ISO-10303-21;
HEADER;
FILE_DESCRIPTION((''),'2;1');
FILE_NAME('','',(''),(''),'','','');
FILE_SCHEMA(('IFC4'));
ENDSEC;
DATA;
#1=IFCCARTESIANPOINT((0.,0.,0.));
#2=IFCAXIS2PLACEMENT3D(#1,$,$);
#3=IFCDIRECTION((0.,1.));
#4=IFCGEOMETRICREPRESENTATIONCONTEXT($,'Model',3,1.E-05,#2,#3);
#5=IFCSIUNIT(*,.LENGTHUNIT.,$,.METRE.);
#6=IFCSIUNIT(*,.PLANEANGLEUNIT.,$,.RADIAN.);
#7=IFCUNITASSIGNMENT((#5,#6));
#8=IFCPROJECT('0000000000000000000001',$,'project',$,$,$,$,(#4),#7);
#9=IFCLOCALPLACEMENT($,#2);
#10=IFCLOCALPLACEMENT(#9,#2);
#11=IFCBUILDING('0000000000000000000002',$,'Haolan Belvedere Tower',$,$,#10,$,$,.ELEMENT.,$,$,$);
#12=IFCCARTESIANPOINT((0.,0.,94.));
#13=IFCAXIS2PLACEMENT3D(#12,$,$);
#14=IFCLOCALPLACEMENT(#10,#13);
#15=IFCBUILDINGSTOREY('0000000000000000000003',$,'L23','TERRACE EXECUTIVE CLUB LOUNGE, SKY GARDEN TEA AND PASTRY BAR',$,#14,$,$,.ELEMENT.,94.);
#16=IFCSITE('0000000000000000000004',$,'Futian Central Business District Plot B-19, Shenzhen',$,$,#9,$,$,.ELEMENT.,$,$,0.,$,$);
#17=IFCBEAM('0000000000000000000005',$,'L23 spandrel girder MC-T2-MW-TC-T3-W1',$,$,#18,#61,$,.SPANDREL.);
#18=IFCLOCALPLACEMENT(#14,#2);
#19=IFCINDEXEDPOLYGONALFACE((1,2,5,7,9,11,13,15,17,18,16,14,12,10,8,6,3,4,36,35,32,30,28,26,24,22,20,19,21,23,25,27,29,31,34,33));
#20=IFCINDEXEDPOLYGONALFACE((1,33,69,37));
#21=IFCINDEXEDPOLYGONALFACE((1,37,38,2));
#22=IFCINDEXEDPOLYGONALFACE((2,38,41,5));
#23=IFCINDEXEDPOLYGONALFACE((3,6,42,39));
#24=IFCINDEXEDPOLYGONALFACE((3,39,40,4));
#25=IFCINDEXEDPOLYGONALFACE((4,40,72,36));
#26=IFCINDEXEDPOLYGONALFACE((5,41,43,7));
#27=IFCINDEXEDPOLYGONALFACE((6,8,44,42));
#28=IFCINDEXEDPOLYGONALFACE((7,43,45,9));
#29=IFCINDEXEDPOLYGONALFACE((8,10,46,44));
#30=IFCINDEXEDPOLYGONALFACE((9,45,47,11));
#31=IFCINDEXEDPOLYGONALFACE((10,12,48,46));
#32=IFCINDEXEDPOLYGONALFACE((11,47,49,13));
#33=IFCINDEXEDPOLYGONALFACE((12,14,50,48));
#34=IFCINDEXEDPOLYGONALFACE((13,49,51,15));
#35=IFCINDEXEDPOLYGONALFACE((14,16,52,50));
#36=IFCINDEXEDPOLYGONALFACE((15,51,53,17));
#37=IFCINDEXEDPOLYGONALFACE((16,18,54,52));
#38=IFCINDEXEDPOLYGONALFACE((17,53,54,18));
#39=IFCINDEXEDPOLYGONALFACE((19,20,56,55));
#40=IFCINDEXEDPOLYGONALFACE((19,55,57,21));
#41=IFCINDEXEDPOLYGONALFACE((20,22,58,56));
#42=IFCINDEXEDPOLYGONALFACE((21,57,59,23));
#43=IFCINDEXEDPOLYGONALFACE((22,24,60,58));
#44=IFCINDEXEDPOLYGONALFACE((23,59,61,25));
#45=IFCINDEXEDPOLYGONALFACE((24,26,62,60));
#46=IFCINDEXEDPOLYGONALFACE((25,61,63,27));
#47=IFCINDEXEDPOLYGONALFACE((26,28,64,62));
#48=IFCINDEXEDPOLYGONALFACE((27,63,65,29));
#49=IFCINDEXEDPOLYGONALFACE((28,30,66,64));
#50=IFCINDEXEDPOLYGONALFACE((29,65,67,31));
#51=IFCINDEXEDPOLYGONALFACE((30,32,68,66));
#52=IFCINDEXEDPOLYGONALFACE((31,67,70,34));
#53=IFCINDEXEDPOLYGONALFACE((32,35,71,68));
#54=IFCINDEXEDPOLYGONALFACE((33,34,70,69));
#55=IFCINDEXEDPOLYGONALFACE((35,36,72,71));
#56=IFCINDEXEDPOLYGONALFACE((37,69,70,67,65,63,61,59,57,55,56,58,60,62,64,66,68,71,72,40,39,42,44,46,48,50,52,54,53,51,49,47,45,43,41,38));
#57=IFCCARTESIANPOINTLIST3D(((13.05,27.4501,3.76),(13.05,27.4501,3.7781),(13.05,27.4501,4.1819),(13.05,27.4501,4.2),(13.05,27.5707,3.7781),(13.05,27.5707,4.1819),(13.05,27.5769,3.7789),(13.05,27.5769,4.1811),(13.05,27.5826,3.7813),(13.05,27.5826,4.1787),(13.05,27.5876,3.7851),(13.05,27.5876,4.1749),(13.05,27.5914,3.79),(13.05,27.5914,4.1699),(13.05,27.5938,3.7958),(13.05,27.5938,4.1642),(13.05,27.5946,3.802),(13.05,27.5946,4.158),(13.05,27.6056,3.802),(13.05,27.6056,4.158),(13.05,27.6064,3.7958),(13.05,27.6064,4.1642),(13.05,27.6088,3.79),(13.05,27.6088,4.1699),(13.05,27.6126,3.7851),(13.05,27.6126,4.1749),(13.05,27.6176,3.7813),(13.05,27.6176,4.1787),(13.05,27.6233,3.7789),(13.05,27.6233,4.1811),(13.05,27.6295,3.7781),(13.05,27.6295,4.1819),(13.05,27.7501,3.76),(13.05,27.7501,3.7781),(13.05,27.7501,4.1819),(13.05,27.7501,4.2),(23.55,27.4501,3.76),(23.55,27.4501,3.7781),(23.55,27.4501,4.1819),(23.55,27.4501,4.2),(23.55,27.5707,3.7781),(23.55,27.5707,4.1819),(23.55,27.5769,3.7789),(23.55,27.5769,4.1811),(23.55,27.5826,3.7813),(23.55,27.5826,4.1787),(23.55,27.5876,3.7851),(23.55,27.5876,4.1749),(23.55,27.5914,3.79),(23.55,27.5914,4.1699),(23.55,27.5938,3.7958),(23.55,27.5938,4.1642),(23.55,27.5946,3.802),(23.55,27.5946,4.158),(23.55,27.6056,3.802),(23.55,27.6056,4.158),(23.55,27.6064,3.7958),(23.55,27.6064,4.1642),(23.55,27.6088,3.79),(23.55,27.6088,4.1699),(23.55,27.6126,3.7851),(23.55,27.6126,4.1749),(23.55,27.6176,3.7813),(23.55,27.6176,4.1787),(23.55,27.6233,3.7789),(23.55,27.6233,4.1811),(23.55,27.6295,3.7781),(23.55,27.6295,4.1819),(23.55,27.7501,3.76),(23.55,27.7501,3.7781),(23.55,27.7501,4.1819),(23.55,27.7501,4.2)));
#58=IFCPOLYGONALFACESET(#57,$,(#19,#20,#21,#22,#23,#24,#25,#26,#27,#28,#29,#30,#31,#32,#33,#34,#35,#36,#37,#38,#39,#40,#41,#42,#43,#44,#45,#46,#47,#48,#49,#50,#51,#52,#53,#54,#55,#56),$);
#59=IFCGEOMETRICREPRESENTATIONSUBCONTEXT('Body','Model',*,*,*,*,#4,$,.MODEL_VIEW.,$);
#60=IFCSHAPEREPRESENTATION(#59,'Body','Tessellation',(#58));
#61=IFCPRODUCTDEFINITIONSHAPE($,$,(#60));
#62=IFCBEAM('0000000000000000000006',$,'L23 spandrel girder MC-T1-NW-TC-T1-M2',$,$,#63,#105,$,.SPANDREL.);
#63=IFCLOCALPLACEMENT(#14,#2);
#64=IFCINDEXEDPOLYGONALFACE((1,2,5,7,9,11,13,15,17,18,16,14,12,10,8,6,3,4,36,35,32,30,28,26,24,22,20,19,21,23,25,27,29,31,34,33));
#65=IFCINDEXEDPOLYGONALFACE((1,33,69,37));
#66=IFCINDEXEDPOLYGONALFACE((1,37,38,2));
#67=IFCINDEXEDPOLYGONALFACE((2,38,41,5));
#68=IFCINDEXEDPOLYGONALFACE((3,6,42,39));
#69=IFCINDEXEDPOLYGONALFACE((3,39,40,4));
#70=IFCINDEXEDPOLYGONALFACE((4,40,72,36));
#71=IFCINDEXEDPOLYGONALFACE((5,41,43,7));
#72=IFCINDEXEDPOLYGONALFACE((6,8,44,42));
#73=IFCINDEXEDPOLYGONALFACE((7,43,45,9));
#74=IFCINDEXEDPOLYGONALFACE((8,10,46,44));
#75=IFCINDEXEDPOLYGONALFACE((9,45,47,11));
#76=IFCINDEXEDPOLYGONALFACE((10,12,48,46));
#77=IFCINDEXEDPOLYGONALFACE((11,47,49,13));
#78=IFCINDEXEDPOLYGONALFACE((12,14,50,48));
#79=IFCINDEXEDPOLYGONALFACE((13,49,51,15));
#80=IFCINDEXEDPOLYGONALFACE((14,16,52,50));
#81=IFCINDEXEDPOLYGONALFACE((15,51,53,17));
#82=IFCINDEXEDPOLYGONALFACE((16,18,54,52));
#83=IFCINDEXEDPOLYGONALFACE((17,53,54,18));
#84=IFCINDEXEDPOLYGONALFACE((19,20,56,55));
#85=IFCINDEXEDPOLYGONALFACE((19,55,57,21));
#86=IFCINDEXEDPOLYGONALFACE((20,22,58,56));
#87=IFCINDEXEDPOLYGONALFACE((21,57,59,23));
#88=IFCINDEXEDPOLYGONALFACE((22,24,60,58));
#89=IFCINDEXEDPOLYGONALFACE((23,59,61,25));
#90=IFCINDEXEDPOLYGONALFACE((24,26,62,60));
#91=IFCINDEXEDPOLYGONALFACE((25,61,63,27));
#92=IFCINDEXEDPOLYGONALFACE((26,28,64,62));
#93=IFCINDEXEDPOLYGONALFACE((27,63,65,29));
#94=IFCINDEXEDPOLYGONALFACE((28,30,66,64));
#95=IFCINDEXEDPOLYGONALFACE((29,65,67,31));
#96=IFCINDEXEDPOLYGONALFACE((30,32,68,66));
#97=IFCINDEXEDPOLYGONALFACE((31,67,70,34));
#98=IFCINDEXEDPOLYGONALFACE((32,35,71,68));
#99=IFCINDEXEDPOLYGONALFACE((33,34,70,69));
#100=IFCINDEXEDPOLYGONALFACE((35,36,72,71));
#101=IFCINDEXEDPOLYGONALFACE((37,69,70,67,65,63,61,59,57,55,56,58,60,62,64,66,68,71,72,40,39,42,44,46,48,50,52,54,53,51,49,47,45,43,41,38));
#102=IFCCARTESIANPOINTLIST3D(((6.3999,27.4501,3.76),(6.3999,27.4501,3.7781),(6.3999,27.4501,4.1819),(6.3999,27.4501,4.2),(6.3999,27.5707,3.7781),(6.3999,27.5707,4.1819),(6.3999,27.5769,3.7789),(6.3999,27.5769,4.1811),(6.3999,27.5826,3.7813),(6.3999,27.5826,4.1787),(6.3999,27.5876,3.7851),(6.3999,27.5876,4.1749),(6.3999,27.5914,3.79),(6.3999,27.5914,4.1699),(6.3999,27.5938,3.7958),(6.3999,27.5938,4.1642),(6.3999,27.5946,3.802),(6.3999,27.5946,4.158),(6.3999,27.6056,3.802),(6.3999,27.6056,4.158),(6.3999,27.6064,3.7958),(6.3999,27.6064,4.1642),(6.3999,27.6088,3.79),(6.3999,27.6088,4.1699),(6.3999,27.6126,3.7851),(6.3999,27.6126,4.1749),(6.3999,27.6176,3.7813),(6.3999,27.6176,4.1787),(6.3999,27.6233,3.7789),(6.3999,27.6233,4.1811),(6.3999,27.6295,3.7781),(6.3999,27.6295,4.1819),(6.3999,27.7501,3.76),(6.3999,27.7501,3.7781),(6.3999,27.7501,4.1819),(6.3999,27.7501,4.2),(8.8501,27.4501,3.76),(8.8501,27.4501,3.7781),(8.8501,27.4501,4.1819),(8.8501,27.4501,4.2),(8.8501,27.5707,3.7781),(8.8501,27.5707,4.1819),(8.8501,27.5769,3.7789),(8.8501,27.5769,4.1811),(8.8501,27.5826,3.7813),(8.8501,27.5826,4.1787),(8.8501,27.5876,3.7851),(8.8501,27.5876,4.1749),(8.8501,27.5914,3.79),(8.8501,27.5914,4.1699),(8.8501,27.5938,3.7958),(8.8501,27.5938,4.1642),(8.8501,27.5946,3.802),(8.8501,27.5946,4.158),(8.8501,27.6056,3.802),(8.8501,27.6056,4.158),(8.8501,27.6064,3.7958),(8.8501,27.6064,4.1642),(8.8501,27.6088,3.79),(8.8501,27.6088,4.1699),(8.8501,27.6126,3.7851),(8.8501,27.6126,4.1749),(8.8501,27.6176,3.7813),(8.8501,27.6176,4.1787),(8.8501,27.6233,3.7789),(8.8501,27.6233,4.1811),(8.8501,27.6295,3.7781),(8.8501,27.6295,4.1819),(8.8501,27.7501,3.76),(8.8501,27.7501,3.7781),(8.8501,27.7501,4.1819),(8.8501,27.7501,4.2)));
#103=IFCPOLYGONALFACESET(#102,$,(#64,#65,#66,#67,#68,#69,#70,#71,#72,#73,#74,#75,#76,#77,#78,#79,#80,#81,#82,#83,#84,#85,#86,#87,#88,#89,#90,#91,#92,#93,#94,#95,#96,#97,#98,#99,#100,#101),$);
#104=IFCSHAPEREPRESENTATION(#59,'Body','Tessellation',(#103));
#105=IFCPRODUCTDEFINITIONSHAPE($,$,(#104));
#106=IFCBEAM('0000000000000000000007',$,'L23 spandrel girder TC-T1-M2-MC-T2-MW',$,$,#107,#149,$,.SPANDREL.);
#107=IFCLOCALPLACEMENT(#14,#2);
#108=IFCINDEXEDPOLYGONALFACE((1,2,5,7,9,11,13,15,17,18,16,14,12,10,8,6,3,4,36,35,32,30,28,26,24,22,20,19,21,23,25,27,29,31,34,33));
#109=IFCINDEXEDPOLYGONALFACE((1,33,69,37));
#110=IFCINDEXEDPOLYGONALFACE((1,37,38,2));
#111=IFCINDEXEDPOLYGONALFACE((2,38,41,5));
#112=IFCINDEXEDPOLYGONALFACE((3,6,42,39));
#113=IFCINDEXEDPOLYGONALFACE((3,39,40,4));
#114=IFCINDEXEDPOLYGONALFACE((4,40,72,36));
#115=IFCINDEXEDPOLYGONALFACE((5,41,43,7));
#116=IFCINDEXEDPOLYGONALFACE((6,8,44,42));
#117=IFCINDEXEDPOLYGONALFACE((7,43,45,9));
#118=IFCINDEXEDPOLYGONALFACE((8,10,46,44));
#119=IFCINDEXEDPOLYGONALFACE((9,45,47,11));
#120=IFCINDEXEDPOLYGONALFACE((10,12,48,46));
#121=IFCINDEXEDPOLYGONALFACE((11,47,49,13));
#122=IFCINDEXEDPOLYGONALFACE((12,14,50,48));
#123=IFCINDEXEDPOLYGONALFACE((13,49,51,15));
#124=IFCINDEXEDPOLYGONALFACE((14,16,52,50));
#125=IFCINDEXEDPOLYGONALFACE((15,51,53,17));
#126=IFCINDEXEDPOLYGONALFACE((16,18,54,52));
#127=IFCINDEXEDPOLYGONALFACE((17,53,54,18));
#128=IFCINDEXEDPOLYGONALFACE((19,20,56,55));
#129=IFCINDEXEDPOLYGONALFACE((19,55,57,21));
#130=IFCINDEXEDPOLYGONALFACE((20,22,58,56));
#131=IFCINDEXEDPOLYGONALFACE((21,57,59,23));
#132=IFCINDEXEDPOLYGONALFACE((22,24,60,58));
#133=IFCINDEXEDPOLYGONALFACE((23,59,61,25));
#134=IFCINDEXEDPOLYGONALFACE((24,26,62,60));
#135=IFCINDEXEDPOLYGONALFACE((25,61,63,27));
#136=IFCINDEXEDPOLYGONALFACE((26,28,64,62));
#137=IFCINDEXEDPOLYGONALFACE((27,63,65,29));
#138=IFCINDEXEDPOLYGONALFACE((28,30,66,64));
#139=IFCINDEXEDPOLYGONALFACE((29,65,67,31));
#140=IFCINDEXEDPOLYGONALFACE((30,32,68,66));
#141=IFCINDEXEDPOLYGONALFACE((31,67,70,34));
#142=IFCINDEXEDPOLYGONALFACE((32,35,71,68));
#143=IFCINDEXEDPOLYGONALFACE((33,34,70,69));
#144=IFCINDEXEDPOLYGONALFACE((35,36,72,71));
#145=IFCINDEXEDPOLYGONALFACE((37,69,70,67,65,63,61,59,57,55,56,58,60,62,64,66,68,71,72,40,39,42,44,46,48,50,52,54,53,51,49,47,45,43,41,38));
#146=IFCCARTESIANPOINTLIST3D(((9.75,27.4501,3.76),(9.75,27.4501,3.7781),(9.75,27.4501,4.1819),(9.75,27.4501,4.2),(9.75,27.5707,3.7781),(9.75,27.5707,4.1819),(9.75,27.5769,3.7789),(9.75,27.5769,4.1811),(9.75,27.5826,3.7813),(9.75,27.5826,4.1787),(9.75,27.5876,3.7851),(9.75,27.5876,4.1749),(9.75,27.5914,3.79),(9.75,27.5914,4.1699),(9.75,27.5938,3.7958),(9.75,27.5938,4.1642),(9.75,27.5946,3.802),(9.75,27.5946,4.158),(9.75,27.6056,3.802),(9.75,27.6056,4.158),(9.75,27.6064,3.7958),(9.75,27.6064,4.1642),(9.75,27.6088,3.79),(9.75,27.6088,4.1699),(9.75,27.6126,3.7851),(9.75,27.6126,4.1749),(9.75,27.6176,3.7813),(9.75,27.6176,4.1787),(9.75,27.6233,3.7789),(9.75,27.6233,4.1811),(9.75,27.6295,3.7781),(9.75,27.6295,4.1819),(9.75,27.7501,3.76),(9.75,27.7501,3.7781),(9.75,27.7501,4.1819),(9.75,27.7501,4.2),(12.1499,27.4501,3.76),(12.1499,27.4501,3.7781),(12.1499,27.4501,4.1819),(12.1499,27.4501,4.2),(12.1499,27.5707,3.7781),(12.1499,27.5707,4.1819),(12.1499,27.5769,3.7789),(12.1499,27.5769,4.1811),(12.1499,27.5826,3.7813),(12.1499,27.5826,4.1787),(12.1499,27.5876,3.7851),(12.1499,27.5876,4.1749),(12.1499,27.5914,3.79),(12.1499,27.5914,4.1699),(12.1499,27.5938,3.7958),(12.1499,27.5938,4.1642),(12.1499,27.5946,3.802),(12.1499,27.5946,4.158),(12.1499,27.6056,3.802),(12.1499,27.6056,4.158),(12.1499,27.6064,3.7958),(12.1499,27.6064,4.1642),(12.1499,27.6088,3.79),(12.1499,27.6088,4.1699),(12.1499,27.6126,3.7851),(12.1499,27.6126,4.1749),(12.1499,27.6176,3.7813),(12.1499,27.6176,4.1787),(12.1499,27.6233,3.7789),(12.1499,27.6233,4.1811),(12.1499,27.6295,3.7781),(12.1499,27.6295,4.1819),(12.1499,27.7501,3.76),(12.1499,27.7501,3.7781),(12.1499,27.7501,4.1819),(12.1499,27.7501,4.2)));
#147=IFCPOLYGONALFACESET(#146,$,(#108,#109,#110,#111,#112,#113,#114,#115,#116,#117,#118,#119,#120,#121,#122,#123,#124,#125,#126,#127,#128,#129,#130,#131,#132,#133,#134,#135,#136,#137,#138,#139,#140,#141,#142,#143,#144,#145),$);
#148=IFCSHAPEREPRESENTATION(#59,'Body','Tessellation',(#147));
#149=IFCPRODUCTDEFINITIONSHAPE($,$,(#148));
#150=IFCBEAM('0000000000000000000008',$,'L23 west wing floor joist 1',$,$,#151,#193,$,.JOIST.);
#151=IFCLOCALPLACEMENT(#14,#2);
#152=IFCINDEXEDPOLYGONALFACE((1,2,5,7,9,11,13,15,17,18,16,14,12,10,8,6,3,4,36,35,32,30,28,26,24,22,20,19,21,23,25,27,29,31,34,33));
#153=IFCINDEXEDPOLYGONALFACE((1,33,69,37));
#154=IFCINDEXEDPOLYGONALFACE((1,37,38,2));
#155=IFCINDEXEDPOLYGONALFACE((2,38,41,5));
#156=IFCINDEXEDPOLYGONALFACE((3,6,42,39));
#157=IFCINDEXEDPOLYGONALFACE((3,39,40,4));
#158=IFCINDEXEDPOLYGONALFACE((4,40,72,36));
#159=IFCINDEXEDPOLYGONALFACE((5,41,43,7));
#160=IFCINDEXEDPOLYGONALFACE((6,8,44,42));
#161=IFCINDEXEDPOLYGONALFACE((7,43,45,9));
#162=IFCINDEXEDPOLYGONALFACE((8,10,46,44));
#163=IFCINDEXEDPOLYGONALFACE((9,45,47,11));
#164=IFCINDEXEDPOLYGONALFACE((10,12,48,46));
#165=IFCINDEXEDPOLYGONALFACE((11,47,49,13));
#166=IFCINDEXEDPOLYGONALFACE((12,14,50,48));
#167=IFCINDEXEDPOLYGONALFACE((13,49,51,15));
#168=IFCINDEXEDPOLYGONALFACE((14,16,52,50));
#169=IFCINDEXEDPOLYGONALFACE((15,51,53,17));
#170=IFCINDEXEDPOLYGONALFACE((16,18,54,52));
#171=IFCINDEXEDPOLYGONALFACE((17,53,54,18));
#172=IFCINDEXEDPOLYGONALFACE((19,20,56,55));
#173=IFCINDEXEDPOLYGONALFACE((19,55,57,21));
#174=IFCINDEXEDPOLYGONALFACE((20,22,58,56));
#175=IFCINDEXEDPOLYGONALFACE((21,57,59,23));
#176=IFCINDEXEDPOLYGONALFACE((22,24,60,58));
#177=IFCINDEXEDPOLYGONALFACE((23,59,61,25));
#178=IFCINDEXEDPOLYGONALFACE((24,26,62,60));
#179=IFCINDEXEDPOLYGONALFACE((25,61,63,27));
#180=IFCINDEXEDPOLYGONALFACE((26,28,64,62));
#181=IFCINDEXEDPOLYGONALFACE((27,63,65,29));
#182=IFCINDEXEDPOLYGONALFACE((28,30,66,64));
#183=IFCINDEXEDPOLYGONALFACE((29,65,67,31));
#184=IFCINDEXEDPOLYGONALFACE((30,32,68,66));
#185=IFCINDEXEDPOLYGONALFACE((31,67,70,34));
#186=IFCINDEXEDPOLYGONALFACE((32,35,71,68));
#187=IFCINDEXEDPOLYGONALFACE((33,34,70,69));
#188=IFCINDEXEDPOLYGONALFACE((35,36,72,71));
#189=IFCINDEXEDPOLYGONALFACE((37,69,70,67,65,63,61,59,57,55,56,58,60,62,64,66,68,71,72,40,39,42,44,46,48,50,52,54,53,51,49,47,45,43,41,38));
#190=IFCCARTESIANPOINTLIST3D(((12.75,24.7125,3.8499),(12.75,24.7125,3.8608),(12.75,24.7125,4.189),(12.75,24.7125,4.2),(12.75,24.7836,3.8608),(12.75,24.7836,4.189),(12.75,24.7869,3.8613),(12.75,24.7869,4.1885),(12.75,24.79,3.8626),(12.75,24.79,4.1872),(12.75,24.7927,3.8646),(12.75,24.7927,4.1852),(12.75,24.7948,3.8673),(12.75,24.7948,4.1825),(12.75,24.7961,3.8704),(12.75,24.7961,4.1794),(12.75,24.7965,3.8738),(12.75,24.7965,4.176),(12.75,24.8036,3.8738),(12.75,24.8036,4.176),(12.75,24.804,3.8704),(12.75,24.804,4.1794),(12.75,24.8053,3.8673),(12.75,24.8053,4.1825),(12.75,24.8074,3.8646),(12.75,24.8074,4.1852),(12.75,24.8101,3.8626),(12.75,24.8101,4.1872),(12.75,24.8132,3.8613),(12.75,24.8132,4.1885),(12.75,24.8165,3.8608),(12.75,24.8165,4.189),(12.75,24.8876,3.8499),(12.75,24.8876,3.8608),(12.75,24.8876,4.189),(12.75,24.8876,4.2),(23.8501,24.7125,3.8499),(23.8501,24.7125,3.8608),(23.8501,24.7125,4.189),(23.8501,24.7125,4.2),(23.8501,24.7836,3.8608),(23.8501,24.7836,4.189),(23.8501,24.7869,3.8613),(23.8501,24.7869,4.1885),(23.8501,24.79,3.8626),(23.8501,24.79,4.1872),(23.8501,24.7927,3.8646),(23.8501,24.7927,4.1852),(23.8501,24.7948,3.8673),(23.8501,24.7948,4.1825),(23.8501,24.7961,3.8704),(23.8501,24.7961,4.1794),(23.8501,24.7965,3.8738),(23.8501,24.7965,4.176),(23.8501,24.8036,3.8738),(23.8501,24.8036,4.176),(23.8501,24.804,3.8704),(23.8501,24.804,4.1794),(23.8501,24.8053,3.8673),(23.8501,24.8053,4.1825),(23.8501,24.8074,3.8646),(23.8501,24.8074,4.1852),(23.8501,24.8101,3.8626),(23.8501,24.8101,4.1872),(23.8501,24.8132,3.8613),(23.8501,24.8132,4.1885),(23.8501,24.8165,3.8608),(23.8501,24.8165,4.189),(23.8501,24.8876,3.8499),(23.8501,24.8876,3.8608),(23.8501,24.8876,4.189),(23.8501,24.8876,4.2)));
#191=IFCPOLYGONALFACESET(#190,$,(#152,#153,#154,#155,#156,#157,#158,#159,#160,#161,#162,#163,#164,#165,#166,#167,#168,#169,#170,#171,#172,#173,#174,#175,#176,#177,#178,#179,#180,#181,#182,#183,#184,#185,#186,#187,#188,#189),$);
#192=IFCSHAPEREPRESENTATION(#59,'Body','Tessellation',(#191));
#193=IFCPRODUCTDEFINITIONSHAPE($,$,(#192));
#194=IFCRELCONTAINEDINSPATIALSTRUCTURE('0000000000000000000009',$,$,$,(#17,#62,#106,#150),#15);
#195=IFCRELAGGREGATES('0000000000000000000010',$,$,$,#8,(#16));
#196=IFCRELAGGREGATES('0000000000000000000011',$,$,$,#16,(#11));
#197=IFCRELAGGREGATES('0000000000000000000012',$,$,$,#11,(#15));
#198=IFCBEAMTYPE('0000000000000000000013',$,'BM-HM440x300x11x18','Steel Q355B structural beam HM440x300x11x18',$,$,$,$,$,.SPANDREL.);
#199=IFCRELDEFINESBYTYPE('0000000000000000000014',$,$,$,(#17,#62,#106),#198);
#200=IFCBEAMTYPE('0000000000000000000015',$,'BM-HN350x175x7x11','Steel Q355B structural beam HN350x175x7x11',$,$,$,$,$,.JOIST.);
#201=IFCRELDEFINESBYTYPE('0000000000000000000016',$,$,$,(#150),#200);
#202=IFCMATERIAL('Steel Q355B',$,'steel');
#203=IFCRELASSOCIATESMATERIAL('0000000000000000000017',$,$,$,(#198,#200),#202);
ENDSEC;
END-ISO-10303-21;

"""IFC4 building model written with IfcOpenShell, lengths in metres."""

from ifc_helpers import new_model, si_unit, direction, frame, origin, origin_2d, place, context, subcontext, project, spatial, i_section, extrude, material, material_profile, profile_set, type_object, element, save


model = new_model("IFC4")

# Units and contexts
model_context = context("Model", 3, precision=1e-05, world=origin(), true_north=direction((0.0, 1.0)))
body_context = subcontext(model_context, "Body", "Model", "MODEL_VIEW")
ifc_project = project(units=[si_unit("LENGTHUNIT", "METRE"), si_unit("PLANEANGLEUNIT", "RADIAN")], contexts=[model_context])

# Site, building, storey
site_placement = place(None, origin())
site = spatial("IfcSite", under=ifc_project, at=site_placement, Name="Futian Central Business District Plot B-19, Shenzhen", CompositionType="ELEMENT", RefElevation=0.0)
building_placement = place(site_placement, origin())
building = spatial("IfcBuilding", under=site, at=building_placement, Name="Haolan Belvedere Tower", CompositionType="ELEMENT")
storey_placement = place(building_placement, frame((0.0, 0.0, 94.0)))
storey = spatial("IfcBuildingStorey", under=building, at=storey_placement, Name="L23", Description="TERRACE EXECUTIVE CLUB LOUNGE, SKY GARDEN TEA AND PASTRY BAR", CompositionType="ELEMENT", Elevation=94.0)

# Beams
ifc_material_1 = material(Name="Steel Q355B", Category="steel")
ifc_material_profile_1 = material_profile(ifc_material_1, i_section(OverallWidth=0.3, OverallDepth=0.4399, WebThickness=0.011, FlangeThickness=0.0181, FilletRadius=0.0239, at=origin_2d()), Name="Steel Q355B")
ifc_profile_set_1 = profile_set([ifc_material_profile_1], Name="Steel Q355B")
beam_type_1 = type_object("IfcBeamType", Name="BM-HM440x300x11x18", Description="Steel Q355B structural beam HM440x300x11x18", PredefinedType="SPANDREL", material=ifc_profile_set_1)
beam_1_placement = place(storey_placement, frame((13.05, 27.6001, 3.98), z_axis=(1.0, 0.0, 0.0), x_axis=(0.0, 1.0, 0.0)))
element("IfcBeam", 1, at=beam_1_placement, inside=storey, type_object=beam_type_1, Name="L23 spandrel girder MC-T2-MW-TC-T3-W1", PredefinedType="SPANDREL", context=body_context, shape_type="SweptSolid", body=[
    extrude(i_section(OverallWidth=0.3, OverallDepth=0.4399, WebThickness=0.011, FlangeThickness=0.0181, FilletRadius=0.0239, at=origin_2d()), origin(), (0.0, 0.0, 1.0), 10.5),
])
beam_2_placement = place(storey_placement, frame((6.3999, 27.6001, 3.98), z_axis=(1.0, 0.0, 0.0), x_axis=(0.0, 1.0, 0.0)))
element("IfcBeam", 2, at=beam_2_placement, inside=storey, type_object=beam_type_1, Name="L23 spandrel girder MC-T1-NW-TC-T1-M2", PredefinedType="SPANDREL", context=body_context, shape_type="SweptSolid", body=[
    extrude(i_section(OverallWidth=0.3, OverallDepth=0.4399, WebThickness=0.011, FlangeThickness=0.0181, FilletRadius=0.0239, at=origin_2d()), origin(), (0.0, 0.0, 1.0), 2.4502),
])
beam_3_placement = place(storey_placement, frame((9.75, 27.6001, 3.98), z_axis=(1.0, 0.0, 0.0), x_axis=(0.0, 1.0, 0.0)))
element("IfcBeam", 3, at=beam_3_placement, inside=storey, type_object=beam_type_1, Name="L23 spandrel girder TC-T1-M2-MC-T2-MW", PredefinedType="SPANDREL", context=body_context, shape_type="SweptSolid", body=[
    extrude(i_section(OverallWidth=0.3, OverallDepth=0.4399, WebThickness=0.011, FlangeThickness=0.0181, FilletRadius=0.0239, at=origin_2d()), origin(), (0.0, 0.0, 1.0), 2.3999),
])
ifc_material_profile_2 = material_profile(ifc_material_1, i_section(OverallWidth=0.175, OverallDepth=0.3501, WebThickness=0.0071, FlangeThickness=0.011, FilletRadius=0.0129, at=origin_2d()), Name="Steel Q355B")
ifc_profile_set_2 = profile_set([ifc_material_profile_2], Name="Steel Q355B")
beam_type_2 = type_object("IfcBeamType", Name="BM-HN350x175x7x11", Description="Steel Q355B structural beam HN350x175x7x11", PredefinedType="JOIST", material=ifc_profile_set_2)
beam_4_placement = place(storey_placement, frame((12.75, 24.8, 4.0249), z_axis=(1.0, 0.0, 0.0), x_axis=(0.0, 1.0, 0.0)))
element("IfcBeam", 4, at=beam_4_placement, inside=storey, type_object=beam_type_2, Name="L23 west wing floor joist 1", PredefinedType="JOIST", context=body_context, shape_type="SweptSolid", body=[
    extrude(i_section(OverallWidth=0.175, OverallDepth=0.3501, WebThickness=0.0071, FlangeThickness=0.011, FilletRadius=0.0129, at=origin_2d()), origin(), (0.0, 0.0, 1.0), 11.1001),
])

save(model, "model.ifc")
